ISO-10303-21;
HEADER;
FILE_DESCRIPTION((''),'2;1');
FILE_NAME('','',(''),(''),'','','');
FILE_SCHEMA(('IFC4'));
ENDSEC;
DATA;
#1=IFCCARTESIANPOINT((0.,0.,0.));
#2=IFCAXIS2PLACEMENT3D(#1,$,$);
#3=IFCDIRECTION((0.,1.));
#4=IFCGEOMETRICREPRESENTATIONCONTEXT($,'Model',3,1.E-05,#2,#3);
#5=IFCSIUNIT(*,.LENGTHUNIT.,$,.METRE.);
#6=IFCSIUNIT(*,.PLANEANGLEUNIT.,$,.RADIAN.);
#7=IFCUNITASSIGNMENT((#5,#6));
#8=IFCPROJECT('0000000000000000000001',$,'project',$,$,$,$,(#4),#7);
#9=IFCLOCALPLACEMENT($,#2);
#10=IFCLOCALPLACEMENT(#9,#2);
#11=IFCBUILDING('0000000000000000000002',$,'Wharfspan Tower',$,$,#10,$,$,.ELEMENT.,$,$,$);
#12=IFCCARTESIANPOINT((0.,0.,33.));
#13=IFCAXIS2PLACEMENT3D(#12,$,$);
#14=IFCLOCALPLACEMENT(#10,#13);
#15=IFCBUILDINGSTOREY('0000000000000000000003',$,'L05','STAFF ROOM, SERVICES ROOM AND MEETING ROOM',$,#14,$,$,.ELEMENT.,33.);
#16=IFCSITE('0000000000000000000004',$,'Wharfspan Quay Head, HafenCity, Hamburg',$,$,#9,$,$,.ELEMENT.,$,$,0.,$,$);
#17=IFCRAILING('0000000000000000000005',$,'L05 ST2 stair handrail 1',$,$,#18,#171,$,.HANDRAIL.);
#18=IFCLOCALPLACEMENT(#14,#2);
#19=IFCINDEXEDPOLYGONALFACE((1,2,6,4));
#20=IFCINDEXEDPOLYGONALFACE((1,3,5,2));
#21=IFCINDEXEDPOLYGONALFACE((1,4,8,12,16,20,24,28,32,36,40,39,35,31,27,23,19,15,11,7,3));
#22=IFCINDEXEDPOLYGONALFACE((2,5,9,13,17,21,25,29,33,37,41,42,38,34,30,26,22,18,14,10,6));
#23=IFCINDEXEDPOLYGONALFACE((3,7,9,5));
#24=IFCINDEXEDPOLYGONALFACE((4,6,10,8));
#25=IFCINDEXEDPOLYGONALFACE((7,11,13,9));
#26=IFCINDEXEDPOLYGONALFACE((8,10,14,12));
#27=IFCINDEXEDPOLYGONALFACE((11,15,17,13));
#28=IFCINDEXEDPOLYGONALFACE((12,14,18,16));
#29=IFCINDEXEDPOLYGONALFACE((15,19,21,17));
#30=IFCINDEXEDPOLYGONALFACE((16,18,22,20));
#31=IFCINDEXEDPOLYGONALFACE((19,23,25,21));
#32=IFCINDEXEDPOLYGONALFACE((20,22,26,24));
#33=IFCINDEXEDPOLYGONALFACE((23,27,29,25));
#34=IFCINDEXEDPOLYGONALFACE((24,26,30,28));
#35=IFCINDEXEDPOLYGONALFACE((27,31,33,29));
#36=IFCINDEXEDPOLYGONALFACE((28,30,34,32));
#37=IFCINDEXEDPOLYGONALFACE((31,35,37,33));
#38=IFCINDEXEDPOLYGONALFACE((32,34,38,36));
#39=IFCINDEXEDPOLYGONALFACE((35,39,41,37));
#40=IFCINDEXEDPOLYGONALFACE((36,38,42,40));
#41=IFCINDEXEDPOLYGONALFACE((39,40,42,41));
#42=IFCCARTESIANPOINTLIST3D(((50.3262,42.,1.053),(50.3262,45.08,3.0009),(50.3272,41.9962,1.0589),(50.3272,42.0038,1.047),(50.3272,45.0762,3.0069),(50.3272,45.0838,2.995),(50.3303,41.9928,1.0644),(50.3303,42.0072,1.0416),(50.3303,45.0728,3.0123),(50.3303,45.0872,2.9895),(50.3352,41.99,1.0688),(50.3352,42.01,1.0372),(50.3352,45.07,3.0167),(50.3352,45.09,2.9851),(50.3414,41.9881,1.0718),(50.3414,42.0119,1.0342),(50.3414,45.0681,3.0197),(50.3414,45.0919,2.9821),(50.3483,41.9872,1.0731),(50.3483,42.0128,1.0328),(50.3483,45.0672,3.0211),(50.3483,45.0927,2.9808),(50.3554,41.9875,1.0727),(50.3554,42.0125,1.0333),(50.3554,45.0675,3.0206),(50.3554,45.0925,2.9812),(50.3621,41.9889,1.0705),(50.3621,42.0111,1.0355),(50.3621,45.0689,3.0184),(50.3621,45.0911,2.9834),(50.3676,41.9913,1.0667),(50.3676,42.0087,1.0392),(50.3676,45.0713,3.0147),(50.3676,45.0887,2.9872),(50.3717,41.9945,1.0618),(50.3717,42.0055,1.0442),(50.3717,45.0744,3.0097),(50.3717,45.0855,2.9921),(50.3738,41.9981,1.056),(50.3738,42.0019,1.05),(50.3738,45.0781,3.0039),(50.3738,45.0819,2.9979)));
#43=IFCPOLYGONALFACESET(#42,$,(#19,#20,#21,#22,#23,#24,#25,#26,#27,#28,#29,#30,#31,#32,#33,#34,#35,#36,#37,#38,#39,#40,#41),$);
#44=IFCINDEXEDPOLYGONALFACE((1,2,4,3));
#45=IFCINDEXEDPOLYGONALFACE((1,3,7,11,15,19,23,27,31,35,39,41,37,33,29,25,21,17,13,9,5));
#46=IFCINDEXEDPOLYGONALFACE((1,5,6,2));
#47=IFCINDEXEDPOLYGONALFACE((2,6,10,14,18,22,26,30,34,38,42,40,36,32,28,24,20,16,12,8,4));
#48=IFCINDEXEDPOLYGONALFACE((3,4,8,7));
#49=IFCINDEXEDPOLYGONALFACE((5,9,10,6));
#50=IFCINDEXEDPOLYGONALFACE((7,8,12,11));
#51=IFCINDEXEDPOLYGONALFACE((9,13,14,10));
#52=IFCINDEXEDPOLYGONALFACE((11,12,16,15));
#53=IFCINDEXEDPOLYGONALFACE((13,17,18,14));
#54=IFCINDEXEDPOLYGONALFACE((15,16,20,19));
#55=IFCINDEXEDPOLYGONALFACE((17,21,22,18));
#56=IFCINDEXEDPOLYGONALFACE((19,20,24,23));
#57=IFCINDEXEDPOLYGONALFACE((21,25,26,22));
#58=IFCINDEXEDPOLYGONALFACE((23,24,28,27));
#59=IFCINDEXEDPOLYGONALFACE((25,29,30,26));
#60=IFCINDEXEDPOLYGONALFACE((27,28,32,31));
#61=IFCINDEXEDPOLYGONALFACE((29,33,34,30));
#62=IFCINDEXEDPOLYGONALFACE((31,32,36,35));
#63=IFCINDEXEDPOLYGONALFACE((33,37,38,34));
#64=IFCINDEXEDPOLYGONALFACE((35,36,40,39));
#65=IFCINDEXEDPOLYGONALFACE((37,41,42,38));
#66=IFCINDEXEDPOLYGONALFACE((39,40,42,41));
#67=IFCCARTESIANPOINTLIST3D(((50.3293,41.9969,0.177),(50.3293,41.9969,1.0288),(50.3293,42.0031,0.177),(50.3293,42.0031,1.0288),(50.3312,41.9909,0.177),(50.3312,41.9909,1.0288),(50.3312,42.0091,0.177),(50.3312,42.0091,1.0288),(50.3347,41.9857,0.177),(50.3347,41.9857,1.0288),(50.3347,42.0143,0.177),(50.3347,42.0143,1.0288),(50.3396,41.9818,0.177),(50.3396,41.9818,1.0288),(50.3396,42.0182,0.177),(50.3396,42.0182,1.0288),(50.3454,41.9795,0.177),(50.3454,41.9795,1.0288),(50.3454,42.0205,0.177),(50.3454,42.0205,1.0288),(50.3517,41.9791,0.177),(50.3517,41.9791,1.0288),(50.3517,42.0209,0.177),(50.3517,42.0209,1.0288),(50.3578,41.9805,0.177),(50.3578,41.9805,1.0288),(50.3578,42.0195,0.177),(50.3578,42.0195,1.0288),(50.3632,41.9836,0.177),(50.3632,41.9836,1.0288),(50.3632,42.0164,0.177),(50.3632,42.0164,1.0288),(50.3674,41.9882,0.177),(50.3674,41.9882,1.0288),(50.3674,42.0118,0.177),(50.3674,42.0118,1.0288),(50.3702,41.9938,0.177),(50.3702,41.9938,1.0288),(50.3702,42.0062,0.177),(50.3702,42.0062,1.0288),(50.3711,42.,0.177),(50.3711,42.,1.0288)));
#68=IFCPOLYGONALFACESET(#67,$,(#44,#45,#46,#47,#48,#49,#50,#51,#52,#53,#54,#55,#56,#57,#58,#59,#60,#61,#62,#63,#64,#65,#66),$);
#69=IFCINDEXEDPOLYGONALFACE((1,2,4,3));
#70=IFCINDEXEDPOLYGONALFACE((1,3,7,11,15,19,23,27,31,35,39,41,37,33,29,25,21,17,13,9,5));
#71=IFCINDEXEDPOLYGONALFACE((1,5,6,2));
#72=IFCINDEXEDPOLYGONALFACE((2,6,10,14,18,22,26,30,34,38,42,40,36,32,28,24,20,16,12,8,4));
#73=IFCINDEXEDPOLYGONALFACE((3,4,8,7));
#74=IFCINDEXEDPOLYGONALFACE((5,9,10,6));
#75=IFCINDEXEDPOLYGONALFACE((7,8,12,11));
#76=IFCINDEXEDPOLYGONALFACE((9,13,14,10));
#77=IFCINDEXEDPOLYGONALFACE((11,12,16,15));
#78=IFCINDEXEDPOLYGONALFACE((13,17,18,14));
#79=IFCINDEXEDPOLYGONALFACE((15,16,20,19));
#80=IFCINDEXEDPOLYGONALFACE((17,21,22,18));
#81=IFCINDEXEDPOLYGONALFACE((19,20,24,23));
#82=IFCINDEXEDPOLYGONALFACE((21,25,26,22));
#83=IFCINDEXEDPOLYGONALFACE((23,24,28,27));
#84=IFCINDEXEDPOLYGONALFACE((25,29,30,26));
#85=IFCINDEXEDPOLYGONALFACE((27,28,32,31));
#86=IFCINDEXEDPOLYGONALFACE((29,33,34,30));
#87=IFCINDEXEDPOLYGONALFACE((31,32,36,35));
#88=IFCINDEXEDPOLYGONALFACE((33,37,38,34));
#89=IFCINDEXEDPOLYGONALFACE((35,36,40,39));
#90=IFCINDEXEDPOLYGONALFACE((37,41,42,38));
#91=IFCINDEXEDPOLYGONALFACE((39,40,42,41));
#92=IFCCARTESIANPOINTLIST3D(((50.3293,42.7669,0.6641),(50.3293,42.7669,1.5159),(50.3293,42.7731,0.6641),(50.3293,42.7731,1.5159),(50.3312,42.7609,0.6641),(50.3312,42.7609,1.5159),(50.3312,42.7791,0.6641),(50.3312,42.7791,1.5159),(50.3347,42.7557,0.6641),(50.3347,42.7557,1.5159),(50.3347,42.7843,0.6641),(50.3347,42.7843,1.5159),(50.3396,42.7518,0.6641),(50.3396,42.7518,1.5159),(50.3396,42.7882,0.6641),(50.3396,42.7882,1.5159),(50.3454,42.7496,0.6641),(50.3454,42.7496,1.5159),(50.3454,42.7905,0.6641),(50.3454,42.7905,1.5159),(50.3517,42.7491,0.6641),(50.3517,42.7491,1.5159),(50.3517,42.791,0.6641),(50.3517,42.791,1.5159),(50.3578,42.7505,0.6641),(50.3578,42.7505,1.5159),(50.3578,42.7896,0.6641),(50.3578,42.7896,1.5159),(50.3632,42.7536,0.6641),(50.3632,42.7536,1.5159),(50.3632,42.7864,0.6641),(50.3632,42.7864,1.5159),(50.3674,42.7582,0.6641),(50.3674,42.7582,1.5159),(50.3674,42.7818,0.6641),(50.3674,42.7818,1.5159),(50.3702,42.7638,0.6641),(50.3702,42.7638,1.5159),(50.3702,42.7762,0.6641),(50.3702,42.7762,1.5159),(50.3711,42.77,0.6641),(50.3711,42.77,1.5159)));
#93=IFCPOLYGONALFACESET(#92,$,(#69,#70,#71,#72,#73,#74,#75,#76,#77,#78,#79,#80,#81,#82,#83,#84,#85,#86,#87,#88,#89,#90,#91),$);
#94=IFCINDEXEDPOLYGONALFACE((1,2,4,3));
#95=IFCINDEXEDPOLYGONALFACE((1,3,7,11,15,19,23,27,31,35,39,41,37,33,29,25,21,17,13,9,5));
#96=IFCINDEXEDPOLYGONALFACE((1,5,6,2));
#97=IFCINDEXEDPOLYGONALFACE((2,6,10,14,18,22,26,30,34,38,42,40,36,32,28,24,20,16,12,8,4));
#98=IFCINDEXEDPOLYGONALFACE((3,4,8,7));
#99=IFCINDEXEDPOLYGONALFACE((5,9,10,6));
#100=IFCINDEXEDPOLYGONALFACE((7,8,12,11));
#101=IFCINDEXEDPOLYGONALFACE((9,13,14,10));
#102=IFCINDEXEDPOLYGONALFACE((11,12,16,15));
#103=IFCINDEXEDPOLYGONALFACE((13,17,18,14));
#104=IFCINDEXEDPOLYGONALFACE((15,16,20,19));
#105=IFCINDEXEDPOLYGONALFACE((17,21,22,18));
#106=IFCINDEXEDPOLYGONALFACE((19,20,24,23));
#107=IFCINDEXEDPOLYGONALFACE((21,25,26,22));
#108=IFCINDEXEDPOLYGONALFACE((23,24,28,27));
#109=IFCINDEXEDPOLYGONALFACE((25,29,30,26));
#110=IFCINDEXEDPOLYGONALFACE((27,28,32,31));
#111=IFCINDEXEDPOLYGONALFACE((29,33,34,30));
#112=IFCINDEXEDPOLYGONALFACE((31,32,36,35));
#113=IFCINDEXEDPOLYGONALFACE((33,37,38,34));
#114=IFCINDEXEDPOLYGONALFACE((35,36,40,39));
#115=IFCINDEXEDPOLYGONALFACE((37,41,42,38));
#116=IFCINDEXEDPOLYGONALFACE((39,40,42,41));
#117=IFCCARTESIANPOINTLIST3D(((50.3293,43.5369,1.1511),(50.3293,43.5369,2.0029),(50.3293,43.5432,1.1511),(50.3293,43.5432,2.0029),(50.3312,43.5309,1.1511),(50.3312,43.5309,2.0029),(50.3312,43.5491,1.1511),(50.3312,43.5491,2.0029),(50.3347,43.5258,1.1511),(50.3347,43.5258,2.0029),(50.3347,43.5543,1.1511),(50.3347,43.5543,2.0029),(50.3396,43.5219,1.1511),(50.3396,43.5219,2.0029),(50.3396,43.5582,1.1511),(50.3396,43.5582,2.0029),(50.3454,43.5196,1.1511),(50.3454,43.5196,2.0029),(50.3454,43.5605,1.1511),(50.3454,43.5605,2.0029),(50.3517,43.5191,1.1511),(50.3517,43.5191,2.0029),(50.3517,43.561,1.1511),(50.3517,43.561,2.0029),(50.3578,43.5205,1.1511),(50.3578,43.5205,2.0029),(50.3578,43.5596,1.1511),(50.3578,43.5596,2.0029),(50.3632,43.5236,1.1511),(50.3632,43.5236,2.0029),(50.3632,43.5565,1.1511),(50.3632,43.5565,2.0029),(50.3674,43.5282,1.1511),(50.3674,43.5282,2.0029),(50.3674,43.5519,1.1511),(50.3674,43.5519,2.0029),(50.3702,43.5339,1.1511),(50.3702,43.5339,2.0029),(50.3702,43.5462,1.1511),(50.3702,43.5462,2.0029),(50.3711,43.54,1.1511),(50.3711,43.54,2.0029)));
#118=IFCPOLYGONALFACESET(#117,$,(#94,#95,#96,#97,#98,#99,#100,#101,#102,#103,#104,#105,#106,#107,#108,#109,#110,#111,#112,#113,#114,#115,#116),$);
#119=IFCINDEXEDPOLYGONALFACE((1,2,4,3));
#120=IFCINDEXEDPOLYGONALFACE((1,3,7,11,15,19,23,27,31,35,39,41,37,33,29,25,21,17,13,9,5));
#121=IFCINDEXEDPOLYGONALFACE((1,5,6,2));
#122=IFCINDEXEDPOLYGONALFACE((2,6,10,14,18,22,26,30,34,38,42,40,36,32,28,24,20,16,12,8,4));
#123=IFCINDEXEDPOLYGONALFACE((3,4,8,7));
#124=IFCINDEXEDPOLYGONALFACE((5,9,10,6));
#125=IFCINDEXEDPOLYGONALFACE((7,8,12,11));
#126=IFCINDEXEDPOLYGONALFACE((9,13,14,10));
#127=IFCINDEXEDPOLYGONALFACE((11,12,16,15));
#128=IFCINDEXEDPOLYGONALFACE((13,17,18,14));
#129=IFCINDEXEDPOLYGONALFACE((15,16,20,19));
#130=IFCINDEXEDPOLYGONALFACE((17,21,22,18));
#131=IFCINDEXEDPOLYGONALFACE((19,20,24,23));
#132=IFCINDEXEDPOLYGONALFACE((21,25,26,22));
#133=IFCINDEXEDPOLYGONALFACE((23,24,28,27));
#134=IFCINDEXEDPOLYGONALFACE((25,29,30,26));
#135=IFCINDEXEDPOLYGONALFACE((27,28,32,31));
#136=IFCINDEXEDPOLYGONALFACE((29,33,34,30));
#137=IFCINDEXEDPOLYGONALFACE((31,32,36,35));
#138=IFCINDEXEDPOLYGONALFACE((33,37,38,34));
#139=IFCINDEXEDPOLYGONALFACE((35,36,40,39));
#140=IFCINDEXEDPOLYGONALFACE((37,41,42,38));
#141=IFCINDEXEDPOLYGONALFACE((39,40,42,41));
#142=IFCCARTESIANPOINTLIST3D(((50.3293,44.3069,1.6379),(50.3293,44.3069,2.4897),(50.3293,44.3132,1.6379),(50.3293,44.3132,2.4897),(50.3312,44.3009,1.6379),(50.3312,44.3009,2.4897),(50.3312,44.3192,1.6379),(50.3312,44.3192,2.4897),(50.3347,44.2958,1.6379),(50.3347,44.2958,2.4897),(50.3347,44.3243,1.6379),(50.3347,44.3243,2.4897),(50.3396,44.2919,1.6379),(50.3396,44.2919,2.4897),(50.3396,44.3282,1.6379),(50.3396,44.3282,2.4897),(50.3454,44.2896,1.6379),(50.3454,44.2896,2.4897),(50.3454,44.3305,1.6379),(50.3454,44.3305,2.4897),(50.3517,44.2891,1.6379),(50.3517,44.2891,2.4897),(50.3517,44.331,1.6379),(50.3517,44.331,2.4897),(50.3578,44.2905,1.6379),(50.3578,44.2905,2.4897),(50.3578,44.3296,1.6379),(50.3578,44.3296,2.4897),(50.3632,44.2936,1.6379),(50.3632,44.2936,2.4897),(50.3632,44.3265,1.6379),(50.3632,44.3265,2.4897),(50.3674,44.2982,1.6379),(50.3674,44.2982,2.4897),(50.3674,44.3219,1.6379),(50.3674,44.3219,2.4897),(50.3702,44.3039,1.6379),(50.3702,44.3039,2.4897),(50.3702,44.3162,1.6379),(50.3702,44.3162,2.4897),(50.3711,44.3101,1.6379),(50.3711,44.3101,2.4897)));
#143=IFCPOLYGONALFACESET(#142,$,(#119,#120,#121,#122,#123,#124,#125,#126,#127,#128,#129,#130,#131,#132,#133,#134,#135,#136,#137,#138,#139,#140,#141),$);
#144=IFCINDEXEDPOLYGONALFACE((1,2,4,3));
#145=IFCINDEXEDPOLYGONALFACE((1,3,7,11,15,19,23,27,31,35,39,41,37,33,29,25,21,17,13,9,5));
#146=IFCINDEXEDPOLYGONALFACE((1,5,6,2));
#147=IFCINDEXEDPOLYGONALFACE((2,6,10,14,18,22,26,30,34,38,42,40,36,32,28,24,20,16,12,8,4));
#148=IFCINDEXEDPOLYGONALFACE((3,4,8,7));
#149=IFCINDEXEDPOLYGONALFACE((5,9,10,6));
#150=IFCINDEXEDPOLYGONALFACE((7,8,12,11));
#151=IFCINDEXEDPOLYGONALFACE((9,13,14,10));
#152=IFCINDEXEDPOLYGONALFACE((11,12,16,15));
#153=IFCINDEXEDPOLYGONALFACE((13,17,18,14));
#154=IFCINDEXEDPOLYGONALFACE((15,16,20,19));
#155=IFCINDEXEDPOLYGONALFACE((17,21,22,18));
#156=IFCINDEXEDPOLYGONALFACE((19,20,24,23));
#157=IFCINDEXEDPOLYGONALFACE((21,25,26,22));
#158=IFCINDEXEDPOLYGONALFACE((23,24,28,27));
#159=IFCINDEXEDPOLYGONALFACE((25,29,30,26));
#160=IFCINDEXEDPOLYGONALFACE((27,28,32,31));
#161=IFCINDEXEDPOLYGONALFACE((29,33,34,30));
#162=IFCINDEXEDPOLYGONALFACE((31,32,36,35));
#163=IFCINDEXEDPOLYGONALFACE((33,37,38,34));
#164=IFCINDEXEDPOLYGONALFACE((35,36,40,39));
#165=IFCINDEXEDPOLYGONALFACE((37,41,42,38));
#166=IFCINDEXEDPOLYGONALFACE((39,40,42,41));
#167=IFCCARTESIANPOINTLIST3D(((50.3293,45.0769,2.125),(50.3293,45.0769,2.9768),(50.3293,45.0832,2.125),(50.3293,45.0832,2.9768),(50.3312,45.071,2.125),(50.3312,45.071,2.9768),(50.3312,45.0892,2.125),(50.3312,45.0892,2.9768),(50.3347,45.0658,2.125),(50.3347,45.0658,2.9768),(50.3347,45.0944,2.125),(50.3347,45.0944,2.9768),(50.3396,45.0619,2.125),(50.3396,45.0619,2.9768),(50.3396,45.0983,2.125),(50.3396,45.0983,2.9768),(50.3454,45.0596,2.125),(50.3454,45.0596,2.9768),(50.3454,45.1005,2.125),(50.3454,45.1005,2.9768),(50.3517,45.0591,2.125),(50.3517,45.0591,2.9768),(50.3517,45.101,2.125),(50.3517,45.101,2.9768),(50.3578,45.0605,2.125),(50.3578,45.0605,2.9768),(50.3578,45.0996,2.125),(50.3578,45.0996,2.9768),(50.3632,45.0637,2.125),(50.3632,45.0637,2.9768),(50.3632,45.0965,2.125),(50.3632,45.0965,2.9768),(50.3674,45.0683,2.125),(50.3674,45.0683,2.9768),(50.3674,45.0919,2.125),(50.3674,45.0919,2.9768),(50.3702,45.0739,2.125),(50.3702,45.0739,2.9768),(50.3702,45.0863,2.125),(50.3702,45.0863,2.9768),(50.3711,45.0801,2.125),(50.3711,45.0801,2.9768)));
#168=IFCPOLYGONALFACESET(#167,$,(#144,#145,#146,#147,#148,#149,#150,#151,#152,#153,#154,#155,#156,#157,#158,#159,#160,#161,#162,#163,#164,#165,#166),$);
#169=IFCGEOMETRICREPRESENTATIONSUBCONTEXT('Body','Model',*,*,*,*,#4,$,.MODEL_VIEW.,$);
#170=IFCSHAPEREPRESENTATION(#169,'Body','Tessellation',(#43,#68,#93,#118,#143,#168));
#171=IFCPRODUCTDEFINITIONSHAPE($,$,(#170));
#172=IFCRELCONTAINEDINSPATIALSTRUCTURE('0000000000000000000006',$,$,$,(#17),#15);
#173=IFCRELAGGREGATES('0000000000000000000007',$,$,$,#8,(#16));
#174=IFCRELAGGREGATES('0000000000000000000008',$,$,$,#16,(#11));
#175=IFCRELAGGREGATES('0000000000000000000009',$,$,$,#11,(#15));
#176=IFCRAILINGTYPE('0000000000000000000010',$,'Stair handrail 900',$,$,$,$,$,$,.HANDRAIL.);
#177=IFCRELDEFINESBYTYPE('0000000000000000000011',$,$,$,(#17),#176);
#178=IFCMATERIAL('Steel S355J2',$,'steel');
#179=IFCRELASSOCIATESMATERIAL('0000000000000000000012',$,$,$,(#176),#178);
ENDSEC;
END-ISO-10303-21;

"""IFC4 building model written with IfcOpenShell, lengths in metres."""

from ifc_helpers import new_model, si_unit, direction, frame, origin, origin_2d, place, context, subcontext, project, spatial, circle, extrude, material, type_object, element, save


model = new_model("IFC4")

# Units and contexts
model_context = context("Model", 3, precision=1e-05, world=origin(), true_north=direction((0.0, 1.0)))
body_context = subcontext(model_context, "Body", "Model", "MODEL_VIEW")
ifc_project = project(units=[si_unit("LENGTHUNIT", "METRE"), si_unit("PLANEANGLEUNIT", "RADIAN")], contexts=[model_context])

# Site, building, storey
site_placement = place(None, origin())
site = spatial("IfcSite", under=ifc_project, at=site_placement, Name="Wharfspan Quay Head, HafenCity, Hamburg", CompositionType="ELEMENT", RefElevation=0.0)
building_placement = place(site_placement, origin())
building = spatial("IfcBuilding", under=site, at=building_placement, Name="Wharfspan Tower", CompositionType="ELEMENT")
storey_placement = place(building_placement, frame((0.0, 0.0, 33.0)))
storey = spatial("IfcBuildingStorey", under=building, at=storey_placement, Name="L05", Description="STAFF ROOM, SERVICES ROOM AND MEETING ROOM", CompositionType="ELEMENT", Elevation=33.0)

# Railing
ifc_material_1 = material(Name="Steel S355J2", Category="steel")
railing_type_1 = type_object("IfcRailingType", Name="Stair handrail 900", PredefinedType="HANDRAIL", material=ifc_material_1)
railing_1_placement = place(storey_placement, frame((50.3501, 42.0, 0.177)))
element("IfcRailing", 1, at=railing_1_placement, inside=storey, type_object=railing_type_1, Name="L05 ST2 stair handrail 1", PredefinedType="HANDRAIL", context=body_context, shape_type="SweptSolid", body=[
    extrude(circle(Radius=0.0239, at=origin_2d()), frame((0.0, 0.0, 0.876), z_axis=(0.0, 0.845156, 0.53452), x_axis=(-1.0, 0.0, 0.0)), (0.0, 0.0, 1.0), 3.6443),
    extrude(circle(Radius=0.021, at=origin_2d()), origin(), (0.0, 0.0, 1.0), 0.8518),
    extrude(circle(Radius=0.021, at=origin_2d()), frame((0.0, 0.77, 0.4871)), (0.0, 0.0, 1.0), 0.8518),
    extrude(circle(Radius=0.021, at=origin_2d()), frame((0.0, 1.54, 0.9741)), (0.0, 0.0, 1.0), 0.8518),
    extrude(circle(Radius=0.021, at=origin_2d()), frame((0.0, 2.3101, 1.4609)), (0.0, 0.0, 1.0), 0.8518),
    extrude(circle(Radius=0.021, at=origin_2d()), frame((0.0, 3.0801, 1.948)), (0.0, 0.0, 1.0), 0.8518),
])

save(model, "model.ifc")
